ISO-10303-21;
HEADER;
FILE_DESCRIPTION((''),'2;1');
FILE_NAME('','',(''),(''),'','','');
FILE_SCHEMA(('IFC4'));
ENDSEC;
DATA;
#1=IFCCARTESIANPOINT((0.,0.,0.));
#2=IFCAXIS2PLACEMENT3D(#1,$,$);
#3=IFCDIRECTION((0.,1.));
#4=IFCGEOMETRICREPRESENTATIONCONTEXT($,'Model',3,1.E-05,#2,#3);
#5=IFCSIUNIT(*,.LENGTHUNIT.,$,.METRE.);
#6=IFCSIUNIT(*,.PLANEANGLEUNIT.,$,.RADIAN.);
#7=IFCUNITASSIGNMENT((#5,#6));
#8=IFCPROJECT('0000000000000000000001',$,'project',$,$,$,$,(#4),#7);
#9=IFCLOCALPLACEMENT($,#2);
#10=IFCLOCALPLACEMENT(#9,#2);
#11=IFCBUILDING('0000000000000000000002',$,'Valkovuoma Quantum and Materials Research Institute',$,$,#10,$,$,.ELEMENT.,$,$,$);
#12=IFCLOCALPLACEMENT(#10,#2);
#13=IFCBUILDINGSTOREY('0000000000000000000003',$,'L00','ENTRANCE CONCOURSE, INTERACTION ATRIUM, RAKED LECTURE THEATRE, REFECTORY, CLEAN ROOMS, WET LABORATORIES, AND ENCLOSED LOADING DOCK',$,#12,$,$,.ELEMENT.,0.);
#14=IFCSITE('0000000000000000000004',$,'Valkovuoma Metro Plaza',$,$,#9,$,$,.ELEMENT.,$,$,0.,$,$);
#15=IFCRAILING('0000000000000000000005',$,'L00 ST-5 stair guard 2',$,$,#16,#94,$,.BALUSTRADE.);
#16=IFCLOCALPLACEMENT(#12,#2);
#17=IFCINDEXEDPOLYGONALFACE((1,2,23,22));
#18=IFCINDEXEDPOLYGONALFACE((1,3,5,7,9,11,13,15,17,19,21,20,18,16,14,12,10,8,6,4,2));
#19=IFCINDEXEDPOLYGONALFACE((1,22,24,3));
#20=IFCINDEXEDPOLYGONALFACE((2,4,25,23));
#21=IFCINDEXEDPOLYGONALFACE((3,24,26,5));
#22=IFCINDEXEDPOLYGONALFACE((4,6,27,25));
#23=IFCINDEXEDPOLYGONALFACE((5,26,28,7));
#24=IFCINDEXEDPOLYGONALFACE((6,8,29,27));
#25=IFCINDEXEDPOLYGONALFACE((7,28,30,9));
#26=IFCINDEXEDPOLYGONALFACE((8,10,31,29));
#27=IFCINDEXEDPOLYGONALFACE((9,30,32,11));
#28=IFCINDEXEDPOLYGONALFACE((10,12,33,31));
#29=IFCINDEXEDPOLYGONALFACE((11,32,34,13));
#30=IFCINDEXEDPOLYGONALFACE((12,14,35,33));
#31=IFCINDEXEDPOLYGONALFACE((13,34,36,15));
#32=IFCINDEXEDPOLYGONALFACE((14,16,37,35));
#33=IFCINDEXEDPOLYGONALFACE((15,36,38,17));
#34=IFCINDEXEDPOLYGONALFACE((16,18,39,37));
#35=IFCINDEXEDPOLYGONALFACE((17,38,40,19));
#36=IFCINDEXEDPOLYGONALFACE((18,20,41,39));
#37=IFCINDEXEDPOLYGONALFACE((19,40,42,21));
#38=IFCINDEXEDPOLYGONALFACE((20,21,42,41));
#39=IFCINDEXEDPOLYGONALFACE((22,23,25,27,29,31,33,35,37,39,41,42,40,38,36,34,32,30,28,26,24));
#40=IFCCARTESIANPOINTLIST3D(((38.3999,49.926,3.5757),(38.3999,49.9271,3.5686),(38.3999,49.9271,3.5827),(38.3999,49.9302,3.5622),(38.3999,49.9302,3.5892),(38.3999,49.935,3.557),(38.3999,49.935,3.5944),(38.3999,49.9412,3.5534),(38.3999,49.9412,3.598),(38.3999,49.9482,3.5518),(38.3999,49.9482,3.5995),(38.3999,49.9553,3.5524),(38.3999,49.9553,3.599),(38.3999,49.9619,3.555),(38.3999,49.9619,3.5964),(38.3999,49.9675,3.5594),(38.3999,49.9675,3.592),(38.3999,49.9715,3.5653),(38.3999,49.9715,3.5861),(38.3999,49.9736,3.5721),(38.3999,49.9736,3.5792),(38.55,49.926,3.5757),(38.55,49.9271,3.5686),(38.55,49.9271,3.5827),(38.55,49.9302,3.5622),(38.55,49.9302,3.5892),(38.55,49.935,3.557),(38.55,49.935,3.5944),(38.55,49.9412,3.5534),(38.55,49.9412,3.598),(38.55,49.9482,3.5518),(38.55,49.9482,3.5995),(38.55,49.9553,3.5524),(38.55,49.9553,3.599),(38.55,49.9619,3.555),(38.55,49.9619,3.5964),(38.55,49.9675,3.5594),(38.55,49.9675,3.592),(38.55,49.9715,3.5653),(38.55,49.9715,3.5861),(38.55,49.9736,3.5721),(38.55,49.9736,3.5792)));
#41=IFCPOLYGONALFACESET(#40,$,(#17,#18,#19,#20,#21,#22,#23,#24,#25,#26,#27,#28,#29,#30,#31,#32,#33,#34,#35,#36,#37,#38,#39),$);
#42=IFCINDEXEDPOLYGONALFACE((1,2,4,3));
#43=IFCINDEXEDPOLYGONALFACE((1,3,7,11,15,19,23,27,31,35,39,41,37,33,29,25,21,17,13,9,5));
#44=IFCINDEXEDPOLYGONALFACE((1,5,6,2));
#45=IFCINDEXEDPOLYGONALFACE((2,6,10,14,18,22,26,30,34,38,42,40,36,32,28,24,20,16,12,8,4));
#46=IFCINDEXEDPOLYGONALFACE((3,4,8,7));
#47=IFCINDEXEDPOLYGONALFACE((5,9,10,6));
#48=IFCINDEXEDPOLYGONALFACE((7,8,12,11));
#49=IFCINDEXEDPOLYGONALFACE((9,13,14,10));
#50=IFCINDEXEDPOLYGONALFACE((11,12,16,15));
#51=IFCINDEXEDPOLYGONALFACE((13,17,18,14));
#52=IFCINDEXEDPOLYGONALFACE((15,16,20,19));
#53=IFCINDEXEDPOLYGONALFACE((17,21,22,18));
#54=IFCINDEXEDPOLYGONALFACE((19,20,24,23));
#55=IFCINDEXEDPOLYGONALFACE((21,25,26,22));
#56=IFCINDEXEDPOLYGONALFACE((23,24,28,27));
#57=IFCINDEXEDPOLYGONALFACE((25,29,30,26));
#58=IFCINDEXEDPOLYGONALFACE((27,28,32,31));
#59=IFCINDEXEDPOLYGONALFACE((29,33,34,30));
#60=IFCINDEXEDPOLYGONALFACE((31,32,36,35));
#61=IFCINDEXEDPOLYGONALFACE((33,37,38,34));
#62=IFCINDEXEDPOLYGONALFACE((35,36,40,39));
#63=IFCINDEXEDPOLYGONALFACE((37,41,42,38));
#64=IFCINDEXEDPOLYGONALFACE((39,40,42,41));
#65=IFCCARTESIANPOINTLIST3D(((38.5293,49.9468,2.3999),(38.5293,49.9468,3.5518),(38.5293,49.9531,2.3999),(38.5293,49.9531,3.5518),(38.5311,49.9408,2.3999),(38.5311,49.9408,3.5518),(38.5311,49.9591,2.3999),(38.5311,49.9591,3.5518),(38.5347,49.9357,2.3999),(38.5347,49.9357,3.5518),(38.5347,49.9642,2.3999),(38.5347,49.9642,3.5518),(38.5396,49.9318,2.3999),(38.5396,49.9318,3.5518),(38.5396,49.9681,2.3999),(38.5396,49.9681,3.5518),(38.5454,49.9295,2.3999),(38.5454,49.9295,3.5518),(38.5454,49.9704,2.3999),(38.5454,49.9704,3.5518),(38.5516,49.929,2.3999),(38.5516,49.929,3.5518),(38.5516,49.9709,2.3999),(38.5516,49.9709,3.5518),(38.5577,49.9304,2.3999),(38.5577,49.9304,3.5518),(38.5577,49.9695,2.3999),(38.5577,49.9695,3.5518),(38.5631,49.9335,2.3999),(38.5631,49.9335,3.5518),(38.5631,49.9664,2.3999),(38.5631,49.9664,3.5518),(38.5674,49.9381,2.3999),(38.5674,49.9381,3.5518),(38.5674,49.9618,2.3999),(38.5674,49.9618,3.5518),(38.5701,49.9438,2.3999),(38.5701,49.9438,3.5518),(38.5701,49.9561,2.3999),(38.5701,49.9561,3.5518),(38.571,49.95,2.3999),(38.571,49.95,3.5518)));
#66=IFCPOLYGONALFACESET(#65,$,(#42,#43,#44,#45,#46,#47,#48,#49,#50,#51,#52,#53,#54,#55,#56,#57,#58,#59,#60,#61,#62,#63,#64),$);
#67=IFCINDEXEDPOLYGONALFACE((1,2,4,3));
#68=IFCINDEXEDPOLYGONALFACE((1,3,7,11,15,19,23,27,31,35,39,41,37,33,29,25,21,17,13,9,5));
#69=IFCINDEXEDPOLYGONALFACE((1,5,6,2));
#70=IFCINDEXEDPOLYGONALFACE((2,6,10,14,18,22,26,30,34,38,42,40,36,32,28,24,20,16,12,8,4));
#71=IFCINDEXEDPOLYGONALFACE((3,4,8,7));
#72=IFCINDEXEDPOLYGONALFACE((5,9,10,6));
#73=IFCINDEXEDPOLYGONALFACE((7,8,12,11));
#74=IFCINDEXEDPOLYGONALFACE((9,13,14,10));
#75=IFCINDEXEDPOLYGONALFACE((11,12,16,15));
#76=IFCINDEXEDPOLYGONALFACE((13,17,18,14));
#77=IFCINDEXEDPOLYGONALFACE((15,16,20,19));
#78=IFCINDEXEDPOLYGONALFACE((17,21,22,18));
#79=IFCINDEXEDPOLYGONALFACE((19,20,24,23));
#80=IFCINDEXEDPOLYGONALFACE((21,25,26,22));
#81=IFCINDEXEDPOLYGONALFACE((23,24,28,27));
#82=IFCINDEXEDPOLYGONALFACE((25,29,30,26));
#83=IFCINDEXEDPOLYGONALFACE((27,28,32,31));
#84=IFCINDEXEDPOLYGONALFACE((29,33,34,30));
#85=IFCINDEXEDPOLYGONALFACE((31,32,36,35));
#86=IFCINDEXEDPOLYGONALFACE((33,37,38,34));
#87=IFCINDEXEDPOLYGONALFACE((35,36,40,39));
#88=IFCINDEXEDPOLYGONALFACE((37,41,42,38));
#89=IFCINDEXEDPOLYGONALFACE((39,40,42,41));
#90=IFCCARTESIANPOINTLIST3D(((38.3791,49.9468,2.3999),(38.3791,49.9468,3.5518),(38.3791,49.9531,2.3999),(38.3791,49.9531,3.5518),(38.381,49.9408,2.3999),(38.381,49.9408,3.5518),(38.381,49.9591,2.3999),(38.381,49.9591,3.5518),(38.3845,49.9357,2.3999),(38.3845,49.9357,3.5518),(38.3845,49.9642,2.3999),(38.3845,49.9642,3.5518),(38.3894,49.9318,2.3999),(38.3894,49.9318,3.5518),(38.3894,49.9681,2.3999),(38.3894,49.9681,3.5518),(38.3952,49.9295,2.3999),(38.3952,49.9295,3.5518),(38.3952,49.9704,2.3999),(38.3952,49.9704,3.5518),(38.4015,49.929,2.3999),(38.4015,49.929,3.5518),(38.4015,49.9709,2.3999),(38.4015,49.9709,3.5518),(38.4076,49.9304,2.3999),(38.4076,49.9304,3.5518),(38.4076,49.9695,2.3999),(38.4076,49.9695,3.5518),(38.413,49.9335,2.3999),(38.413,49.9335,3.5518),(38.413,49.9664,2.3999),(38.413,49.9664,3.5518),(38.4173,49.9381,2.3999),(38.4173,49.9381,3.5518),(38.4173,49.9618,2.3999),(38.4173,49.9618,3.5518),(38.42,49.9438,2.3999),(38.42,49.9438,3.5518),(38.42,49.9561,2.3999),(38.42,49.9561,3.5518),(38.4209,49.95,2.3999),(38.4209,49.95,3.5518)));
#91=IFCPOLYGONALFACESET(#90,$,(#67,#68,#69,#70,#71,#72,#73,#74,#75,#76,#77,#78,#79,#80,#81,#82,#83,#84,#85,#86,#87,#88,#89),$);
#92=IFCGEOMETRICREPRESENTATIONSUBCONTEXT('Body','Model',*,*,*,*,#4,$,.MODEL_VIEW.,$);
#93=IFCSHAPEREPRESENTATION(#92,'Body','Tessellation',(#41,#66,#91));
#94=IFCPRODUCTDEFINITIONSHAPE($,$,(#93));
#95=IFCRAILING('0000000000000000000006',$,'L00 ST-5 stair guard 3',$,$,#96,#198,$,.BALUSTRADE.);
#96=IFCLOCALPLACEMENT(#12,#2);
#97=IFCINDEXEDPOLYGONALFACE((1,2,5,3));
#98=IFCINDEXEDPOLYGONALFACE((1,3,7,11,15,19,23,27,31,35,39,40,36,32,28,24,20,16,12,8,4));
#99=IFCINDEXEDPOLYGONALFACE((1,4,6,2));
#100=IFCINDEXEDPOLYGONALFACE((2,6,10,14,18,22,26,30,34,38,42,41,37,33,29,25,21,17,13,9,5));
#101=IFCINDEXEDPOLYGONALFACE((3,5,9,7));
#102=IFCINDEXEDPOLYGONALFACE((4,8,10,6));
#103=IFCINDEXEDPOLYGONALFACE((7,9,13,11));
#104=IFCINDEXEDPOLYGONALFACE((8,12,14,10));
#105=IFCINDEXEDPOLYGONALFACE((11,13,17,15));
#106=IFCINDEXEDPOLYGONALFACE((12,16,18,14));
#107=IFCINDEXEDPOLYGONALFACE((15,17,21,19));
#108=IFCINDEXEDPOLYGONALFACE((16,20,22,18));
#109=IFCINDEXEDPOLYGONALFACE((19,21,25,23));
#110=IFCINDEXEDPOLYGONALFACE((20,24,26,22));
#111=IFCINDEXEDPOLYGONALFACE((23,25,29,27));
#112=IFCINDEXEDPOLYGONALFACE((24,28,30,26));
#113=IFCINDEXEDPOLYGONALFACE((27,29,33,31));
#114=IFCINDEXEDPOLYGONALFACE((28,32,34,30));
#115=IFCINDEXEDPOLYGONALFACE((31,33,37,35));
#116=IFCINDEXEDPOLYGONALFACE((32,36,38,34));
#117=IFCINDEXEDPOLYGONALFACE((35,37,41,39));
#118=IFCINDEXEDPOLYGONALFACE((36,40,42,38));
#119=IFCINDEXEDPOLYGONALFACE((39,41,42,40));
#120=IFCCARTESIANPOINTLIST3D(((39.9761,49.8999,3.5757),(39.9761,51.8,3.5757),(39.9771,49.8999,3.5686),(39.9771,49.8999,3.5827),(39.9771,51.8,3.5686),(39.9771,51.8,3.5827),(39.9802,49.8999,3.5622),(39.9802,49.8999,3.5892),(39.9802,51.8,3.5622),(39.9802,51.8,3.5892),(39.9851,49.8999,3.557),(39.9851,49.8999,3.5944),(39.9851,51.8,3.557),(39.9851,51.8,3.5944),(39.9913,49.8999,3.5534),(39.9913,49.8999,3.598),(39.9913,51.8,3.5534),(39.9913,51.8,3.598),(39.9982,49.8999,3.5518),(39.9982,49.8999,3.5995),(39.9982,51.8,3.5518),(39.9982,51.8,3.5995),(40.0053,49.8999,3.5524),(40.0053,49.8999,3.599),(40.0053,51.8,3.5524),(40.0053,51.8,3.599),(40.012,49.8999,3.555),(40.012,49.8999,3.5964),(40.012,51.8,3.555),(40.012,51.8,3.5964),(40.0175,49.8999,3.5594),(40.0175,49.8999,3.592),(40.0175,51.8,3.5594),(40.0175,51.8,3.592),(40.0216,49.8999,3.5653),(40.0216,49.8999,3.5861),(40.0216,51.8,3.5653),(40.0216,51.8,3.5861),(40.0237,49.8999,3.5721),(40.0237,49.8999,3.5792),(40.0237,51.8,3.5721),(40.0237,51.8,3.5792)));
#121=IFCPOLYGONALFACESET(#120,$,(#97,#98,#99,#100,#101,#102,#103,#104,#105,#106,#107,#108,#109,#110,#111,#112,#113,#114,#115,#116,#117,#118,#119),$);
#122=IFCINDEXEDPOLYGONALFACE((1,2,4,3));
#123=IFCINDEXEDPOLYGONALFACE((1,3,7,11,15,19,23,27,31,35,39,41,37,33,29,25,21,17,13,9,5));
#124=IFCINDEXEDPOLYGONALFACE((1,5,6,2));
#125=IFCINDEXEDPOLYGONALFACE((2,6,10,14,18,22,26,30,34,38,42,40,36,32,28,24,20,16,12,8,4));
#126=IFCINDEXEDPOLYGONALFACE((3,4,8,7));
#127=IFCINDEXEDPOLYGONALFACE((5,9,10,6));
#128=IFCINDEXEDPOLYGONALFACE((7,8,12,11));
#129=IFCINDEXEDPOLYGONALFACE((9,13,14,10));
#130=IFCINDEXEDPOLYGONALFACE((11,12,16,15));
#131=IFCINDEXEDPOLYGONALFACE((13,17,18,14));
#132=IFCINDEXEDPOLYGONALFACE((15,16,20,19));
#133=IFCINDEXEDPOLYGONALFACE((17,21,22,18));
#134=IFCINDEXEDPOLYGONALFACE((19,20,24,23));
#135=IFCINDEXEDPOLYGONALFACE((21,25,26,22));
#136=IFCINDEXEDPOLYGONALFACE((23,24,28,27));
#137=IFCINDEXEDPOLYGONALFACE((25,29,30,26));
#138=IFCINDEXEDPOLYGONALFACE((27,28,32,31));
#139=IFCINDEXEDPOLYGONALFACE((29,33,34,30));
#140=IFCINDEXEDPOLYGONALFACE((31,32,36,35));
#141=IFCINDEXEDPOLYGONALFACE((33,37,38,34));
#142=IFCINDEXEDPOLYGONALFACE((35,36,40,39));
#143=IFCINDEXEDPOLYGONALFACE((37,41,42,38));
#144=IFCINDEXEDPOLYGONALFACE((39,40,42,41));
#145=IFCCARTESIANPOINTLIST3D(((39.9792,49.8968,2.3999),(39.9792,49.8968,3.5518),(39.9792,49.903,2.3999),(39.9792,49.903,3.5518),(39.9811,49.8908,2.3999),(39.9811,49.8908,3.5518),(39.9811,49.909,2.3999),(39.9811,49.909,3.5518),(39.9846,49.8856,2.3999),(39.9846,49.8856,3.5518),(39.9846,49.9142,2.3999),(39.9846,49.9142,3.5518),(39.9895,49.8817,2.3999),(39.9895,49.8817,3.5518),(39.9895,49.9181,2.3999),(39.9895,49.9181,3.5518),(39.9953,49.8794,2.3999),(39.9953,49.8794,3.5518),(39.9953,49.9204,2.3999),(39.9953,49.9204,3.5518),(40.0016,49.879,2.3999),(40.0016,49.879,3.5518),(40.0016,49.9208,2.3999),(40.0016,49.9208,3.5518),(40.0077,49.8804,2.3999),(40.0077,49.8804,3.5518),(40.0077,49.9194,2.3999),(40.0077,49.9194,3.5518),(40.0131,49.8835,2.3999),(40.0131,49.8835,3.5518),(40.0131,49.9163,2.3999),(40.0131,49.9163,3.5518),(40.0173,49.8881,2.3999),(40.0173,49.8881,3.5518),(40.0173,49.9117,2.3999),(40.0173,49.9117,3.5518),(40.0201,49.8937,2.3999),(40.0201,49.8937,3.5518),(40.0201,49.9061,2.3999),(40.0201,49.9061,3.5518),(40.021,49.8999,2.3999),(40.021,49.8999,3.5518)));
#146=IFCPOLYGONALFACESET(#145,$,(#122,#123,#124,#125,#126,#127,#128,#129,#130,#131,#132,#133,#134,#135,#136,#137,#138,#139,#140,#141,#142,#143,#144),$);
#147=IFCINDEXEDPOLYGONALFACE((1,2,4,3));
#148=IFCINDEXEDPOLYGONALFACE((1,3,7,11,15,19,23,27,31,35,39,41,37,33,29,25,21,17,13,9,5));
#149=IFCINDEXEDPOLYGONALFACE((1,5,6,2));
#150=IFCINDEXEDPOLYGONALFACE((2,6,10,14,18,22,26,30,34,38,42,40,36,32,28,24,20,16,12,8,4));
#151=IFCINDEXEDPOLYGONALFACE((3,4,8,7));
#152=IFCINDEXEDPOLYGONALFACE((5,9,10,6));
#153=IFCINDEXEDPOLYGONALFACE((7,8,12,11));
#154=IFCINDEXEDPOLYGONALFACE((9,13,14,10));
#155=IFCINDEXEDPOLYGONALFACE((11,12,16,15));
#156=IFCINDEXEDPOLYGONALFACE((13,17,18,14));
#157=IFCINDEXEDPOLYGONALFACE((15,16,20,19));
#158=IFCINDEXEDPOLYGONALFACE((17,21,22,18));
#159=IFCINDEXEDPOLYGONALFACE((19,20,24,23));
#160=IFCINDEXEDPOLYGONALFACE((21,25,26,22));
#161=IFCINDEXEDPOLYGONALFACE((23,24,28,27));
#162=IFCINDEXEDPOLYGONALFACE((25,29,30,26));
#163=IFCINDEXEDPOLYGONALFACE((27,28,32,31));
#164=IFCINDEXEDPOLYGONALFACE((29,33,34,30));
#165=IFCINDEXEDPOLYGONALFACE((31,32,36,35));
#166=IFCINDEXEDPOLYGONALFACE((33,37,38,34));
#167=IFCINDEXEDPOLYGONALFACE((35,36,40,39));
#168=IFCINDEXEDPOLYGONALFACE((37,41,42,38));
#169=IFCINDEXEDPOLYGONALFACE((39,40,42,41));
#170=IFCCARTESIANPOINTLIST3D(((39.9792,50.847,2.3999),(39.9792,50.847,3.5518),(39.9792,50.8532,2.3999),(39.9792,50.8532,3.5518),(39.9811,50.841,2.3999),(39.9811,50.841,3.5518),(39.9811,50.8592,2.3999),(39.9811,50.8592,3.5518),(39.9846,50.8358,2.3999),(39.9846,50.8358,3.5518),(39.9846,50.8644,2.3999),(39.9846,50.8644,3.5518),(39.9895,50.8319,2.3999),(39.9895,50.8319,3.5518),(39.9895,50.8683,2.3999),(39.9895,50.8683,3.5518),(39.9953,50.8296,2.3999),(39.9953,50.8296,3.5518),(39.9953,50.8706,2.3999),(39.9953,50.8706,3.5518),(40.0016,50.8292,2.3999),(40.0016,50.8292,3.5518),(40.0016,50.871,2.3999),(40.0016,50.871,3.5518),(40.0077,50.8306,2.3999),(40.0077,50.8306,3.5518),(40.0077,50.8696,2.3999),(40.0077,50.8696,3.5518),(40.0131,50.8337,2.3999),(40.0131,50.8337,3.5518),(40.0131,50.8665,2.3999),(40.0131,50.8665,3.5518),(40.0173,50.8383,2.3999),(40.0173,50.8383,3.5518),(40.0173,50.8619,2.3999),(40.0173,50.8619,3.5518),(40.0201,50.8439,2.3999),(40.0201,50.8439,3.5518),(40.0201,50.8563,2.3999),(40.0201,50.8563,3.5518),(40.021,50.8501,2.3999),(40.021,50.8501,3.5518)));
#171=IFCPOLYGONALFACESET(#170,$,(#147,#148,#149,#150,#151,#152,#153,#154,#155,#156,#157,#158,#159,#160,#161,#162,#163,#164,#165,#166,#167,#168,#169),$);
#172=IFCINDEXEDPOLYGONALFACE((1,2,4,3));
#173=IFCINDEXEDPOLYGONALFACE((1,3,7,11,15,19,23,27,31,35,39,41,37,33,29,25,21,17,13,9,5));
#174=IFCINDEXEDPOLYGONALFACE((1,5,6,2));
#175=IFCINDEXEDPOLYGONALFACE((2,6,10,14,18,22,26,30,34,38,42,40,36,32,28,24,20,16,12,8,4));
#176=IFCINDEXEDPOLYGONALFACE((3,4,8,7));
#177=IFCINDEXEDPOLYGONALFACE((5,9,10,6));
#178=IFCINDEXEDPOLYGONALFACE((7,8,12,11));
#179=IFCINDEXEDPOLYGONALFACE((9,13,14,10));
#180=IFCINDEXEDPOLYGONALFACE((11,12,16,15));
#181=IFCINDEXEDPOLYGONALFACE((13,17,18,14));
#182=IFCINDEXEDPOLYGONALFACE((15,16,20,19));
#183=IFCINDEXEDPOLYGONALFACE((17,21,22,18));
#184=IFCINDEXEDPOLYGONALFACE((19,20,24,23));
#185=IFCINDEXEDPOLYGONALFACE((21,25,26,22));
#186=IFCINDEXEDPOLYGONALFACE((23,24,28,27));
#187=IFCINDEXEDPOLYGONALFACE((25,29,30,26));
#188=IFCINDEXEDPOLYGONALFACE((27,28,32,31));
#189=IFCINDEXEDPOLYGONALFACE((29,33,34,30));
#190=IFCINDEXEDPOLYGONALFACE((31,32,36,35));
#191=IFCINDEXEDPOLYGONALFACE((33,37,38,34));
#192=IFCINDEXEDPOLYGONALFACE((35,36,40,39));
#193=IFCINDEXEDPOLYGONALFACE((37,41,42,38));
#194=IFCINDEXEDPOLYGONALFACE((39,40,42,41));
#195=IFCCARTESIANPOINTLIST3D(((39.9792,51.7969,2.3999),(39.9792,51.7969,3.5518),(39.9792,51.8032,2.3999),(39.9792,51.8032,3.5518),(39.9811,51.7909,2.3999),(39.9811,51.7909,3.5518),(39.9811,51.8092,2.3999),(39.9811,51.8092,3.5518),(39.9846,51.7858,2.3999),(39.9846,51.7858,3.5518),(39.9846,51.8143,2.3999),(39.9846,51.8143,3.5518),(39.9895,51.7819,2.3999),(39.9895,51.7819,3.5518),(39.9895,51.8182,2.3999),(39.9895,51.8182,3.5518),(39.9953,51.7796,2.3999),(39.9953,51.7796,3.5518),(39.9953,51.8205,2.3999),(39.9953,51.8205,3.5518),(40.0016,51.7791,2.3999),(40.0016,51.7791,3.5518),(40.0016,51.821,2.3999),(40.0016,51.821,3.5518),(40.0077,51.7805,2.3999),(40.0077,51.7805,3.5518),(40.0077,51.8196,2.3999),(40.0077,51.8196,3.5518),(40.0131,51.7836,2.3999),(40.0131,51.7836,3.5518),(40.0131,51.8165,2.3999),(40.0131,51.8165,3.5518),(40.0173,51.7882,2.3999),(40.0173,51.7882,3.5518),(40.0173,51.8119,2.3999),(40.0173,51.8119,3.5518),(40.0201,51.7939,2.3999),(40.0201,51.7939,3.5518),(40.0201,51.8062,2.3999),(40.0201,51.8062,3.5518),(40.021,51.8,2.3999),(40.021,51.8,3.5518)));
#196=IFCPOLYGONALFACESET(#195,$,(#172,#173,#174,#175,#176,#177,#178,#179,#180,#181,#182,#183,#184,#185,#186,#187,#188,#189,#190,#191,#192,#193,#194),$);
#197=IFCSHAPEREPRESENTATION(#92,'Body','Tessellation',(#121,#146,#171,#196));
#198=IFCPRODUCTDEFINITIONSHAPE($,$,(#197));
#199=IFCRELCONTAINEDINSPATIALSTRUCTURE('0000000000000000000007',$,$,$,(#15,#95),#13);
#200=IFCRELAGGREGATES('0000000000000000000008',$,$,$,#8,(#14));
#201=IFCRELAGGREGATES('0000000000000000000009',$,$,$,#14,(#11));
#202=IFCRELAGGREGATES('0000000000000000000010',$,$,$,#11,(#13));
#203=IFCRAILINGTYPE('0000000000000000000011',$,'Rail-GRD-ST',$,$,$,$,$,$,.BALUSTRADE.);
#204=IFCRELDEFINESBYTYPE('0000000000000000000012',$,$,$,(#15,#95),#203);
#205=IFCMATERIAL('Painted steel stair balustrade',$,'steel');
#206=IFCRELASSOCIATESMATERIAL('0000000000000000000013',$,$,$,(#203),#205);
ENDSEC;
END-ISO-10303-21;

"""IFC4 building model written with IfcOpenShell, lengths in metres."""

from ifc_helpers import new_model, si_unit, direction, frame, origin, origin_2d, place, context, subcontext, project, spatial, circle, extrude, material, type_object, element, save


model = new_model("IFC4")

# Units and contexts
model_context = context("Model", 3, precision=1e-05, world=origin(), true_north=direction((0.0, 1.0)))
body_context = subcontext(model_context, "Body", "Model", "MODEL_VIEW")
ifc_project = project(units=[si_unit("LENGTHUNIT", "METRE"), si_unit("PLANEANGLEUNIT", "RADIAN")], contexts=[model_context])

# Site, building, storey
site_placement = place(None, origin())
site = spatial("IfcSite", under=ifc_project, at=site_placement, Name="Valkovuoma Metro Plaza", CompositionType="ELEMENT", RefElevation=0.0)
building_placement = place(site_placement, origin())
building = spatial("IfcBuilding", under=site, at=building_placement, Name="Valkovuoma Quantum and Materials Research Institute", CompositionType="ELEMENT")
storey_placement = place(building_placement, origin())
storey = spatial("IfcBuildingStorey", under=building, at=storey_placement, Name="L00", Description="ENTRANCE CONCOURSE, INTERACTION ATRIUM, RAKED LECTURE THEATRE, REFECTORY, CLEAN ROOMS, WET LABORATORIES, AND ENCLOSED LOADING DOCK", CompositionType="ELEMENT", Elevation=0.0)

# Railings
ifc_material_1 = material(Name="Painted steel stair balustrade", Category="steel")
railing_type_1 = type_object("IfcRailingType", Name="Rail-GRD-ST", PredefinedType="BALUSTRADE", material=ifc_material_1)
railing_1_placement = place(storey_placement, frame((38.55, 49.95, 2.3999)))
element("IfcRailing", 1, at=railing_1_placement, inside=storey, type_object=railing_type_1, Name="L00 ST-5 stair guard 2", PredefinedType="BALUSTRADE", context=body_context, shape_type="SweptSolid", body=[
    extrude(circle(Radius=0.0239, at=origin_2d()), frame((0.0, 0.0, 1.1758), z_axis=(-1.0, 0.0, 0.0), x_axis=(0.0, -1.0, 0.0)), (0.0, 0.0, 1.0), 0.1501),
    extrude(circle(Radius=0.021, at=origin_2d()), origin(), (0.0, 0.0, 1.0), 1.1519),
    extrude(circle(Radius=0.021, at=origin_2d()), frame((-0.1501, 0.0, 0.0)), (0.0, 0.0, 1.0), 1.1519),
])
railing_2_placement = place(storey_placement, frame((40.0, 49.8999, 2.3999)))
element("IfcRailing", 2, at=railing_2_placement, inside=storey, type_object=railing_type_1, Name="L00 ST-5 stair guard 3", PredefinedType="BALUSTRADE", context=body_context, shape_type="SweptSolid", body=[
    extrude(circle(Radius=0.0239, at=origin_2d()), frame((0.0, 0.0, 1.1758), z_axis=(0.0, 1.0, 0.0), x_axis=(-1.0, 0.0, 0.0)), (0.0, 0.0, 1.0), 1.9001),
    extrude(circle(Radius=0.021, at=origin_2d()), origin(), (0.0, 0.0, 1.0), 1.1519),
    extrude(circle(Radius=0.021, at=origin_2d()), frame((0.0, 0.9502, 0.0)), (0.0, 0.0, 1.0), 1.1519),
    extrude(circle(Radius=0.021, at=origin_2d()), frame((0.0, 1.9001, 0.0)), (0.0, 0.0, 1.0), 1.1519),
])

save(model, "model.ifc")
